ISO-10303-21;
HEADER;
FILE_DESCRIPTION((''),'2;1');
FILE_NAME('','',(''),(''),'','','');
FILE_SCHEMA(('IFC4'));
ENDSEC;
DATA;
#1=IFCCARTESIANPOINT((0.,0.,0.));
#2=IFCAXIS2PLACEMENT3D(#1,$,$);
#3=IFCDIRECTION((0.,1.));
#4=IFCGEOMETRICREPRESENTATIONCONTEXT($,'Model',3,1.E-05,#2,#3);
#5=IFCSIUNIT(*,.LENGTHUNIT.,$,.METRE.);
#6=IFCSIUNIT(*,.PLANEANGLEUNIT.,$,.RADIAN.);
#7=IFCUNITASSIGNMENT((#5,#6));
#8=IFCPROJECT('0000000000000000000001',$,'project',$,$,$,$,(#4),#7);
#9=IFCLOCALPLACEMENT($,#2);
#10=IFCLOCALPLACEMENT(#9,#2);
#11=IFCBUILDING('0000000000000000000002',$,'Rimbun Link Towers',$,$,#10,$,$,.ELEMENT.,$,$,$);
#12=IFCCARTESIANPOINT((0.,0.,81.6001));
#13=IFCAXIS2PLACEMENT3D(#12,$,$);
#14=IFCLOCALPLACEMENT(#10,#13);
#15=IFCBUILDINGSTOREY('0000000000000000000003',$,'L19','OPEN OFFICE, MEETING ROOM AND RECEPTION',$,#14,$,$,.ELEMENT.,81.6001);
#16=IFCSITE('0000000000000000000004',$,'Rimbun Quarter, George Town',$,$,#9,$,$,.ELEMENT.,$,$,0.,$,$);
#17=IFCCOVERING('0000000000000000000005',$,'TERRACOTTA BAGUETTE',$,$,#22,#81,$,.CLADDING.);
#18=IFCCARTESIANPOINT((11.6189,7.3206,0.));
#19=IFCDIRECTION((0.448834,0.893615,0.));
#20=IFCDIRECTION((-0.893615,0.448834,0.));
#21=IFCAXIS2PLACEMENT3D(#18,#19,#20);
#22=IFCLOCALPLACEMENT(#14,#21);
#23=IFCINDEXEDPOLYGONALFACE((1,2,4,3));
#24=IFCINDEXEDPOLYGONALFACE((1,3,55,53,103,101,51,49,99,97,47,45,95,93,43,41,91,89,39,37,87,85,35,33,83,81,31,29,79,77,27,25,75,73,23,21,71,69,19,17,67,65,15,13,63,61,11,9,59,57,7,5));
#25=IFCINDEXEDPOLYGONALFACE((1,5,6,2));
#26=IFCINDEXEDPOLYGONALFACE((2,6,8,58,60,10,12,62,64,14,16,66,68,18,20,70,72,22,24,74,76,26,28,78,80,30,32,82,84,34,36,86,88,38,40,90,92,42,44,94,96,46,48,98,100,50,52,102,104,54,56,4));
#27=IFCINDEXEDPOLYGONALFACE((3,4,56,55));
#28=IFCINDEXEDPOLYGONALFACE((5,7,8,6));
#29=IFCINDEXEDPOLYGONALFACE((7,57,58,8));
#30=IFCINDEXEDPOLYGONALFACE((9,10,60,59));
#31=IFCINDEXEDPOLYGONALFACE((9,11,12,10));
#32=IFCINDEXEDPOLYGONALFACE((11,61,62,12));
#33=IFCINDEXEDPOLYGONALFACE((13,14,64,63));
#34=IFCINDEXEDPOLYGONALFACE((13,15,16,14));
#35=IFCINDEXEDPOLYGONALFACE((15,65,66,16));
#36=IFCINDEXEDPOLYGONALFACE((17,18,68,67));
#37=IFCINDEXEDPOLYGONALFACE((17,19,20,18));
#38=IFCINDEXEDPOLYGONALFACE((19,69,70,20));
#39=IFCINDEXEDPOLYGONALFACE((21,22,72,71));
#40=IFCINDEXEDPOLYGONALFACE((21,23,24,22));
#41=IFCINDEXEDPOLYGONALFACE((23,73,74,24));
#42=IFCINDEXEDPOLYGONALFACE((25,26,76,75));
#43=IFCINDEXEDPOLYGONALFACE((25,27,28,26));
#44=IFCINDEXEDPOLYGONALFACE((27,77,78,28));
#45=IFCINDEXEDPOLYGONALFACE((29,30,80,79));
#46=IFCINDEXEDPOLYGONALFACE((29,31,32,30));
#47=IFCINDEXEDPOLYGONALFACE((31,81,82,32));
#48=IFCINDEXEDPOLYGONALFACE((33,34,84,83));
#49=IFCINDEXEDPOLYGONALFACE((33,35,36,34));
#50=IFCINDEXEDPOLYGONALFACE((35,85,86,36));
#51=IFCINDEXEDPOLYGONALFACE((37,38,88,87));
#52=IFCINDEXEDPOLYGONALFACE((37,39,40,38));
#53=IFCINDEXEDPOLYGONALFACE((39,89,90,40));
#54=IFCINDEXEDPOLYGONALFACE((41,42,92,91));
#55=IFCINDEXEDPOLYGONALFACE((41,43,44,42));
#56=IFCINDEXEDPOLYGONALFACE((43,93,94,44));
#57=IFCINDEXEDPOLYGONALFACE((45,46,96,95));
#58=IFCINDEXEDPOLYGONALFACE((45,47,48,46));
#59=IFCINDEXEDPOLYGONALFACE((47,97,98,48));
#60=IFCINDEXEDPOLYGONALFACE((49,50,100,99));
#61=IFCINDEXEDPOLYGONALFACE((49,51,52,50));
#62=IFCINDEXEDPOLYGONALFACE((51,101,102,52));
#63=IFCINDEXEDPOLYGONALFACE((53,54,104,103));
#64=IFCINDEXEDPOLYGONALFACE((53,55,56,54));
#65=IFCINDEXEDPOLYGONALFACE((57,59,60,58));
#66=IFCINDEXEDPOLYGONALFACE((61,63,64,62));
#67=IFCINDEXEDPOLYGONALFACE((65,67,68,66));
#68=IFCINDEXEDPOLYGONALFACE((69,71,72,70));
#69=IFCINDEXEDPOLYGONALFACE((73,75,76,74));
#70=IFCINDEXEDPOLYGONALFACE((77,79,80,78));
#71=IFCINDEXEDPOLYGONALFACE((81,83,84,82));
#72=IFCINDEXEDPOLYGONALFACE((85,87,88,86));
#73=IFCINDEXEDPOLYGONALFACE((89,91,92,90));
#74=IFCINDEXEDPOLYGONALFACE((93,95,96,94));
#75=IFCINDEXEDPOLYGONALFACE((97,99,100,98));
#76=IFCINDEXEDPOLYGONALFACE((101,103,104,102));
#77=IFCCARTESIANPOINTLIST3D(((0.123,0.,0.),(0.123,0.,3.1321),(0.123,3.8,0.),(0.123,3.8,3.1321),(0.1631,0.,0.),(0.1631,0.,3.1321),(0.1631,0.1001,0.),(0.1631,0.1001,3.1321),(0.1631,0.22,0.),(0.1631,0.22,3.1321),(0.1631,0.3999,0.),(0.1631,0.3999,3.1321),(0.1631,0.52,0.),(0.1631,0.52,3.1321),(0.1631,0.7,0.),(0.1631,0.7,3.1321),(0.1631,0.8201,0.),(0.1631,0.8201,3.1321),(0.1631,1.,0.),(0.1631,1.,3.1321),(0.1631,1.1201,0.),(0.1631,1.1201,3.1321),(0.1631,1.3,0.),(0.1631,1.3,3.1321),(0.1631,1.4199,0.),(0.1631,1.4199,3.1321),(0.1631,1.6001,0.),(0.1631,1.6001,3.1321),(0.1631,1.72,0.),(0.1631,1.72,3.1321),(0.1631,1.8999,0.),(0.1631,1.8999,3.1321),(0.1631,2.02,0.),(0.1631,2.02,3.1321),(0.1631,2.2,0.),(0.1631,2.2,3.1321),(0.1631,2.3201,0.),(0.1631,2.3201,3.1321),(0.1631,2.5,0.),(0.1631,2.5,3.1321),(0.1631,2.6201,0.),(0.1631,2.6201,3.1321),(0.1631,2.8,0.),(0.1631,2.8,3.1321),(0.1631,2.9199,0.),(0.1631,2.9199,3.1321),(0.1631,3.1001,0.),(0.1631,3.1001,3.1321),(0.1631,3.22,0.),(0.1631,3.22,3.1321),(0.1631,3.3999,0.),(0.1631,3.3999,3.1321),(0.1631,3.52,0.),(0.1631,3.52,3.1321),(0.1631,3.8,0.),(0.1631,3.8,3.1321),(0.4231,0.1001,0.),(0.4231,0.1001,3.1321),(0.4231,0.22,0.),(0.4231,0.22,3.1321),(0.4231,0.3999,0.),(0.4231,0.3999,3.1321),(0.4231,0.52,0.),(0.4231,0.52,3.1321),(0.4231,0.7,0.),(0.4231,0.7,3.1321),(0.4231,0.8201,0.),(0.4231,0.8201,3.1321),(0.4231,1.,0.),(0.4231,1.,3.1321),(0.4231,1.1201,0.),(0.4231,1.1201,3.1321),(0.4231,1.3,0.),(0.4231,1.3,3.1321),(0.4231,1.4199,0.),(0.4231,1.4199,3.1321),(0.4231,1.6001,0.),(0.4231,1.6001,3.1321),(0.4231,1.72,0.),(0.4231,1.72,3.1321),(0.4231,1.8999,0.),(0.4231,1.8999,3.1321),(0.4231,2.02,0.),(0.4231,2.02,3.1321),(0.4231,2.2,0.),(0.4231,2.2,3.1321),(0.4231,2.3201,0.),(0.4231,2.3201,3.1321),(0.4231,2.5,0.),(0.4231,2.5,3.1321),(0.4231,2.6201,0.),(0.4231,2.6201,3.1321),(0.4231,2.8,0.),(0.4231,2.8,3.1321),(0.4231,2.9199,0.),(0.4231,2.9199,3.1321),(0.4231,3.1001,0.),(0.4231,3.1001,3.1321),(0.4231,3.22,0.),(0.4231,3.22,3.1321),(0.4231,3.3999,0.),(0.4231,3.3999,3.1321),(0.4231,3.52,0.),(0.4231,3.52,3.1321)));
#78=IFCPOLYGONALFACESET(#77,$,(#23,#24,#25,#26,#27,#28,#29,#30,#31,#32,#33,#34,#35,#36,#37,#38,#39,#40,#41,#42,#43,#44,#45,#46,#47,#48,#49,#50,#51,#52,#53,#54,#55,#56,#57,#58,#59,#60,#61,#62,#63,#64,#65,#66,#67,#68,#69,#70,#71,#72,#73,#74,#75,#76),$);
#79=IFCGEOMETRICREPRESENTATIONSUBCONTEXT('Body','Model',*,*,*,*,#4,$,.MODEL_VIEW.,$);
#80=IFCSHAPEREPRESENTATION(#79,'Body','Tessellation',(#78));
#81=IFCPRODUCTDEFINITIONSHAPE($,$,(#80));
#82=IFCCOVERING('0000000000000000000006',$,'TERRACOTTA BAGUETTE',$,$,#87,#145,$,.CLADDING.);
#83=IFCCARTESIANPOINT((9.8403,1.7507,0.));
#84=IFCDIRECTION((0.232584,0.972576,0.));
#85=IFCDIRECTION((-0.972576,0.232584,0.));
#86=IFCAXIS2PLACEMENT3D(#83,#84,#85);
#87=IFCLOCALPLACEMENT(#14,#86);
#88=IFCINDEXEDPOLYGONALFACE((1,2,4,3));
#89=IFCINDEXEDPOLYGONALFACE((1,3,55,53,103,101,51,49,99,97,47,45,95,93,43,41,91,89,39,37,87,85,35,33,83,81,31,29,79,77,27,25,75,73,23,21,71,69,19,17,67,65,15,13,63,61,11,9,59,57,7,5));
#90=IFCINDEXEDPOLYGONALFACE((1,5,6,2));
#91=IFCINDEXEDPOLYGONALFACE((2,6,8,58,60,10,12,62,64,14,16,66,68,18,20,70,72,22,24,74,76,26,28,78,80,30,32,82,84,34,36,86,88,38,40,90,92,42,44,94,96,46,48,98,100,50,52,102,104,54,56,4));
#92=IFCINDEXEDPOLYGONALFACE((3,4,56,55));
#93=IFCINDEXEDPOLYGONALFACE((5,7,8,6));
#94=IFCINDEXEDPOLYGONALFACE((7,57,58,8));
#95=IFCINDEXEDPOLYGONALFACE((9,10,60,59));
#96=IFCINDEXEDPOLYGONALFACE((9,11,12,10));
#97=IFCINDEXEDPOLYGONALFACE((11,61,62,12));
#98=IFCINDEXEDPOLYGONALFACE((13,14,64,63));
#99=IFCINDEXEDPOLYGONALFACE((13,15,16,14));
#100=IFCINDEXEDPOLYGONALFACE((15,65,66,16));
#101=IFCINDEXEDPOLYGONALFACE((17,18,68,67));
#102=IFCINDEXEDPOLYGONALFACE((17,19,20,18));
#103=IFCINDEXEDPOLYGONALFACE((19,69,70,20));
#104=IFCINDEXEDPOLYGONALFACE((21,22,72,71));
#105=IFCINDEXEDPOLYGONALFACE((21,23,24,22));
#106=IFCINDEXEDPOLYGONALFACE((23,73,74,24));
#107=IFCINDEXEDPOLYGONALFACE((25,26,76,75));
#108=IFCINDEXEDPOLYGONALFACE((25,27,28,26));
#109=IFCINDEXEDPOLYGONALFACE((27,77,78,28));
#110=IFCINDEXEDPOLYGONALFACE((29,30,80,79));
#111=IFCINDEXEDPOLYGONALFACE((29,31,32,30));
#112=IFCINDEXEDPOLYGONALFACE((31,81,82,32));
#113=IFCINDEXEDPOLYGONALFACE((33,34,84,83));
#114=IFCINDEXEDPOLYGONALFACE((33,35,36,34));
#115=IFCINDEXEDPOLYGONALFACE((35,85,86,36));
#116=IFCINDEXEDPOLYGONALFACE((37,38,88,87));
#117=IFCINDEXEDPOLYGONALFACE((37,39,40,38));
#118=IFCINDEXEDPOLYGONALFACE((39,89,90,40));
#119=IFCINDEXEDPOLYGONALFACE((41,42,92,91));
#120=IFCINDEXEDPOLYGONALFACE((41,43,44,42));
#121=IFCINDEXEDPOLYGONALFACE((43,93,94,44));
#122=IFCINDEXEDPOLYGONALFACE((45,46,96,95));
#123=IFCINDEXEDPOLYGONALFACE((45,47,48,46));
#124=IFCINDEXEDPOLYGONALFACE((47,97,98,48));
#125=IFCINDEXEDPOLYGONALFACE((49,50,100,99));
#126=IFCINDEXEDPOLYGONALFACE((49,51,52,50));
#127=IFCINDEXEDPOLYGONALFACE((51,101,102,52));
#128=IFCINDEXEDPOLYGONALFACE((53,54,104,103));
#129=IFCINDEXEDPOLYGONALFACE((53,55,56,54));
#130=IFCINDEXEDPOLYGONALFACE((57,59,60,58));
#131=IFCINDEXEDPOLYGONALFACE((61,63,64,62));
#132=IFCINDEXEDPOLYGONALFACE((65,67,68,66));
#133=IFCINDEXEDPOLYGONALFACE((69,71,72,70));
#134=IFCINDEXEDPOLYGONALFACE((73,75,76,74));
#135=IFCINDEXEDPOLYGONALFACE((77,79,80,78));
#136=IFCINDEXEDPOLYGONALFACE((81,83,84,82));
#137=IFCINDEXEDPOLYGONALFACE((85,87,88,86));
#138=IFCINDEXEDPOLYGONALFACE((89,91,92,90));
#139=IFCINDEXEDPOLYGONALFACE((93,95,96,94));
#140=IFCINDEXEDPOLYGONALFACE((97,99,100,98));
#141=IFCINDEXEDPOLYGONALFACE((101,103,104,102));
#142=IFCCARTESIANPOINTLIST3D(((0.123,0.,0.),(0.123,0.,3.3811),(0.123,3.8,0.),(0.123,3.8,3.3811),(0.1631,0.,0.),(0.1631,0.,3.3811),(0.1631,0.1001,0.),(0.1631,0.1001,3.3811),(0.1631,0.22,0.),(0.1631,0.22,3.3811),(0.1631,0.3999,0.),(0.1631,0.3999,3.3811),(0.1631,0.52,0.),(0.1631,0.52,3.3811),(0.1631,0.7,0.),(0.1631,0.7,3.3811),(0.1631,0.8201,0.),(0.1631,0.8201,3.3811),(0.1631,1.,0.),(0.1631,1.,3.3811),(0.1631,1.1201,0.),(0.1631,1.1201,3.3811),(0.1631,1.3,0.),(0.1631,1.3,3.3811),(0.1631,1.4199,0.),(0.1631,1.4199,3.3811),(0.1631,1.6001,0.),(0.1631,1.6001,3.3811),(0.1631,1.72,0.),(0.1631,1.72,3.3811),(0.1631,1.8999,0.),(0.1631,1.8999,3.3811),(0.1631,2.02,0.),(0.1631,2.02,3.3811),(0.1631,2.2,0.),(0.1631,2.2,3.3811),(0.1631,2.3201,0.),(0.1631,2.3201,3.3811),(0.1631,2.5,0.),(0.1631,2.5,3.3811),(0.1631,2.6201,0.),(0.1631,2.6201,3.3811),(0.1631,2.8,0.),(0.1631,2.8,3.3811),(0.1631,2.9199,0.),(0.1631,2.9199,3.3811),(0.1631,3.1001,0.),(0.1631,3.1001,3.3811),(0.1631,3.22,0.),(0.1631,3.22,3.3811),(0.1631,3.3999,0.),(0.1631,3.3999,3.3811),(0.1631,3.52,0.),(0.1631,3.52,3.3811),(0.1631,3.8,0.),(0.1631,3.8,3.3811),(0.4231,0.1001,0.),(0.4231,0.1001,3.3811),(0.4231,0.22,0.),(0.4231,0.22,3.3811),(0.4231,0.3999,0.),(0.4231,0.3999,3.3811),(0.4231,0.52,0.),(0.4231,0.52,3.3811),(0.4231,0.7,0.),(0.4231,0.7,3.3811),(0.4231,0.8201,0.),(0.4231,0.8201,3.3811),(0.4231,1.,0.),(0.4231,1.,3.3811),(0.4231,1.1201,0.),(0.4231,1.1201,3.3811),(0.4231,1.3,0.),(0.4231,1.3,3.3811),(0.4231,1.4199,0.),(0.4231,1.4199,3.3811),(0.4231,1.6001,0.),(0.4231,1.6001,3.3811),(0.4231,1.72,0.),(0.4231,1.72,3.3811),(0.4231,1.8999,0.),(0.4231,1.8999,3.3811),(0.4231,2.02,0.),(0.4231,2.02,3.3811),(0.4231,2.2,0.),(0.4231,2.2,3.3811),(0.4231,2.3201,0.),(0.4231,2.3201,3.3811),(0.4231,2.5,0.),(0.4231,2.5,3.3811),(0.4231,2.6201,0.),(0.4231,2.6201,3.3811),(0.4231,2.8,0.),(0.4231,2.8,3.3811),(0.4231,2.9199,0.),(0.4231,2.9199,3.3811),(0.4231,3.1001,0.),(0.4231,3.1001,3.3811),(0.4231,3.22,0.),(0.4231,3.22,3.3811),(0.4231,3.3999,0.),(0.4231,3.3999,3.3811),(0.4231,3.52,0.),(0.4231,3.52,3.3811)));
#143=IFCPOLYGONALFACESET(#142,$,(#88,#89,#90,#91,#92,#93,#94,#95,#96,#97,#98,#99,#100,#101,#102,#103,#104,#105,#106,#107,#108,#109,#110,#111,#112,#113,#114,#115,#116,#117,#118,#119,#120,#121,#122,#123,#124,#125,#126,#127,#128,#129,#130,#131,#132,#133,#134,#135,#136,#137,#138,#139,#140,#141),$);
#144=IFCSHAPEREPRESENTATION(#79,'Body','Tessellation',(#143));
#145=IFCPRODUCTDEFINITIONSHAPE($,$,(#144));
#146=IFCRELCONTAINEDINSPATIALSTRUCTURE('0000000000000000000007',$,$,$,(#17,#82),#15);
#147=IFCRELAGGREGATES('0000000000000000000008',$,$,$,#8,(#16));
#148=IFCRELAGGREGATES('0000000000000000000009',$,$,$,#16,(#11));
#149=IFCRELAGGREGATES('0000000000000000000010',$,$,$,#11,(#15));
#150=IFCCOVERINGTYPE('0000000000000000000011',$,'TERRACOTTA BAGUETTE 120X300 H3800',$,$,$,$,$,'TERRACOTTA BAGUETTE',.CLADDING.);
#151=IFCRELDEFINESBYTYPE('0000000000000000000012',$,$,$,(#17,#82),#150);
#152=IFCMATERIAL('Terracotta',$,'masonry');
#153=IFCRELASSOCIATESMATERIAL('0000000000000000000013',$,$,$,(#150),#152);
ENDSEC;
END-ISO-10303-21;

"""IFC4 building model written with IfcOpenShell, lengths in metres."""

from ifc_helpers import new_model, si_unit, direction, frame, origin, place, context, subcontext, project, spatial, polyline, outline, extrude, material, material_profile, profile_set, type_object, element, save


model = new_model("IFC4")

# Units and contexts
model_context = context("Model", 3, precision=1e-05, world=origin(), true_north=direction((0.0, 1.0)))
body_context = subcontext(model_context, "Body", "Model", "MODEL_VIEW")
ifc_project = project(units=[si_unit("LENGTHUNIT", "METRE"), si_unit("PLANEANGLEUNIT", "RADIAN")], contexts=[model_context])

# Site, building, storey
site_placement = place(None, origin())
site = spatial("IfcSite", under=ifc_project, at=site_placement, Name="Rimbun Quarter, George Town", CompositionType="ELEMENT", RefElevation=0.0)
building_placement = place(site_placement, origin())
building = spatial("IfcBuilding", under=site, at=building_placement, Name="Rimbun Link Towers", CompositionType="ELEMENT")
storey_placement = place(building_placement, frame((0.0, 0.0, 81.6001)))
storey = spatial("IfcBuildingStorey", under=building, at=storey_placement, Name="L19", Description="OPEN OFFICE, MEETING ROOM AND RECEPTION", CompositionType="ELEMENT", Elevation=81.6001)

# Coverings
ifc_material_1 = material(Name="Terracotta", Category="masonry")
ifc_material_profile_1 = material_profile(ifc_material_1, outline(polyline([(0.123, 0.0), (0.1631, 0.0), (0.1631, 0.1001), (0.4231, 0.1001), (0.4231, 0.22), (0.1631, 0.22), (0.1631, 0.3999), (0.4231, 0.3999), (0.4231, 0.52), (0.1631, 0.52), (0.1631, 0.7), (0.4231, 0.7), (0.4231, 0.8201), (0.1631, 0.8201), (0.1631, 1.0), (0.4231, 1.0), (0.4231, 1.1201), (0.1631, 1.1201), (0.1631, 1.3), (0.4231, 1.3), (0.4231, 1.4199), (0.1631, 1.4199), (0.1631, 1.6001), (0.4231, 1.6001), (0.4231, 1.72), (0.1631, 1.72), (0.1631, 1.8999), (0.4231, 1.8999), (0.4231, 2.02), (0.1631, 2.02), (0.1631, 2.2), (0.4231, 2.2), (0.4231, 2.3201), (0.1631, 2.3201), (0.1631, 2.5), (0.4231, 2.5), (0.4231, 2.6201), (0.1631, 2.6201), (0.1631, 2.8), (0.4231, 2.8), (0.4231, 2.9199), (0.1631, 2.9199), (0.1631, 3.1001), (0.4231, 3.1001), (0.4231, 3.22), (0.1631, 3.22), (0.1631, 3.3999), (0.4231, 3.3999), (0.4231, 3.52), (0.1631, 3.52), (0.1631, 3.8), (0.123, 3.8), (0.123, 0.0)])), Name="BAGUETTE 120X300")
ifc_profile_set_1 = profile_set([ifc_material_profile_1], Name="Terracotta")
covering_type_1 = type_object("IfcCoveringType", Name="TERRACOTTA BAGUETTE 120X300 H3800", ElementType="TERRACOTTA BAGUETTE", PredefinedType="CLADDING", material=ifc_profile_set_1)
covering_1_placement = place(storey_placement, frame((11.6189, 7.3206, 0.0), z_axis=(0.448834, 0.893615, 0.0), x_axis=(-0.893615, 0.448834, 0.0)))
element("IfcCovering", 1, at=covering_1_placement, inside=storey, type_object=covering_type_1, Name="TERRACOTTA BAGUETTE", PredefinedType="CLADDING", context=body_context, shape_type="SweptSolid", body=[
    extrude(outline(polyline([(0.123, 0.0), (0.1631, 0.0), (0.1631, 0.1001), (0.4231, 0.1001), (0.4231, 0.22), (0.1631, 0.22), (0.1631, 0.3999), (0.4231, 0.3999), (0.4231, 0.52), (0.1631, 0.52), (0.1631, 0.7), (0.4231, 0.7), (0.4231, 0.8201), (0.1631, 0.8201), (0.1631, 1.0), (0.4231, 1.0), (0.4231, 1.1201), (0.1631, 1.1201), (0.1631, 1.3), (0.4231, 1.3), (0.4231, 1.4199), (0.1631, 1.4199), (0.1631, 1.6001), (0.4231, 1.6001), (0.4231, 1.72), (0.1631, 1.72), (0.1631, 1.8999), (0.4231, 1.8999), (0.4231, 2.02), (0.1631, 2.02), (0.1631, 2.2), (0.4231, 2.2), (0.4231, 2.3201), (0.1631, 2.3201), (0.1631, 2.5), (0.4231, 2.5), (0.4231, 2.6201), (0.1631, 2.6201), (0.1631, 2.8), (0.4231, 2.8), (0.4231, 2.9199), (0.1631, 2.9199), (0.1631, 3.1001), (0.4231, 3.1001), (0.4231, 3.22), (0.1631, 3.22), (0.1631, 3.3999), (0.4231, 3.3999), (0.4231, 3.52), (0.1631, 3.52), (0.1631, 3.8), (0.123, 3.8), (0.123, 0.0)])), origin(), (0.0, 0.0, 1.0), 3.1321),
])
covering_2_placement = place(storey_placement, frame((9.8403, 1.7507, 0.0), z_axis=(0.232584, 0.972576, 0.0), x_axis=(-0.972576, 0.232584, 0.0)))
element("IfcCovering", 2, at=covering_2_placement, inside=storey, type_object=covering_type_1, Name="TERRACOTTA BAGUETTE", PredefinedType="CLADDING", context=body_context, shape_type="SweptSolid", body=[
    extrude(outline(polyline([(0.123, 0.0), (0.1631, 0.0), (0.1631, 0.1001), (0.4231, 0.1001), (0.4231, 0.22), (0.1631, 0.22), (0.1631, 0.3999), (0.4231, 0.3999), (0.4231, 0.52), (0.1631, 0.52), (0.1631, 0.7), (0.4231, 0.7), (0.4231, 0.8201), (0.1631, 0.8201), (0.1631, 1.0), (0.4231, 1.0), (0.4231, 1.1201), (0.1631, 1.1201), (0.1631, 1.3), (0.4231, 1.3), (0.4231, 1.4199), (0.1631, 1.4199), (0.1631, 1.6001), (0.4231, 1.6001), (0.4231, 1.72), (0.1631, 1.72), (0.1631, 1.8999), (0.4231, 1.8999), (0.4231, 2.02), (0.1631, 2.02), (0.1631, 2.2), (0.4231, 2.2), (0.4231, 2.3201), (0.1631, 2.3201), (0.1631, 2.5), (0.4231, 2.5), (0.4231, 2.6201), (0.1631, 2.6201), (0.1631, 2.8), (0.4231, 2.8), (0.4231, 2.9199), (0.1631, 2.9199), (0.1631, 3.1001), (0.4231, 3.1001), (0.4231, 3.22), (0.1631, 3.22), (0.1631, 3.3999), (0.4231, 3.3999), (0.4231, 3.52), (0.1631, 3.52), (0.1631, 3.8), (0.123, 3.8), (0.123, 0.0)])), origin(), (0.0, 0.0, 1.0), 3.3811),
])

save(model, "model.ifc")
